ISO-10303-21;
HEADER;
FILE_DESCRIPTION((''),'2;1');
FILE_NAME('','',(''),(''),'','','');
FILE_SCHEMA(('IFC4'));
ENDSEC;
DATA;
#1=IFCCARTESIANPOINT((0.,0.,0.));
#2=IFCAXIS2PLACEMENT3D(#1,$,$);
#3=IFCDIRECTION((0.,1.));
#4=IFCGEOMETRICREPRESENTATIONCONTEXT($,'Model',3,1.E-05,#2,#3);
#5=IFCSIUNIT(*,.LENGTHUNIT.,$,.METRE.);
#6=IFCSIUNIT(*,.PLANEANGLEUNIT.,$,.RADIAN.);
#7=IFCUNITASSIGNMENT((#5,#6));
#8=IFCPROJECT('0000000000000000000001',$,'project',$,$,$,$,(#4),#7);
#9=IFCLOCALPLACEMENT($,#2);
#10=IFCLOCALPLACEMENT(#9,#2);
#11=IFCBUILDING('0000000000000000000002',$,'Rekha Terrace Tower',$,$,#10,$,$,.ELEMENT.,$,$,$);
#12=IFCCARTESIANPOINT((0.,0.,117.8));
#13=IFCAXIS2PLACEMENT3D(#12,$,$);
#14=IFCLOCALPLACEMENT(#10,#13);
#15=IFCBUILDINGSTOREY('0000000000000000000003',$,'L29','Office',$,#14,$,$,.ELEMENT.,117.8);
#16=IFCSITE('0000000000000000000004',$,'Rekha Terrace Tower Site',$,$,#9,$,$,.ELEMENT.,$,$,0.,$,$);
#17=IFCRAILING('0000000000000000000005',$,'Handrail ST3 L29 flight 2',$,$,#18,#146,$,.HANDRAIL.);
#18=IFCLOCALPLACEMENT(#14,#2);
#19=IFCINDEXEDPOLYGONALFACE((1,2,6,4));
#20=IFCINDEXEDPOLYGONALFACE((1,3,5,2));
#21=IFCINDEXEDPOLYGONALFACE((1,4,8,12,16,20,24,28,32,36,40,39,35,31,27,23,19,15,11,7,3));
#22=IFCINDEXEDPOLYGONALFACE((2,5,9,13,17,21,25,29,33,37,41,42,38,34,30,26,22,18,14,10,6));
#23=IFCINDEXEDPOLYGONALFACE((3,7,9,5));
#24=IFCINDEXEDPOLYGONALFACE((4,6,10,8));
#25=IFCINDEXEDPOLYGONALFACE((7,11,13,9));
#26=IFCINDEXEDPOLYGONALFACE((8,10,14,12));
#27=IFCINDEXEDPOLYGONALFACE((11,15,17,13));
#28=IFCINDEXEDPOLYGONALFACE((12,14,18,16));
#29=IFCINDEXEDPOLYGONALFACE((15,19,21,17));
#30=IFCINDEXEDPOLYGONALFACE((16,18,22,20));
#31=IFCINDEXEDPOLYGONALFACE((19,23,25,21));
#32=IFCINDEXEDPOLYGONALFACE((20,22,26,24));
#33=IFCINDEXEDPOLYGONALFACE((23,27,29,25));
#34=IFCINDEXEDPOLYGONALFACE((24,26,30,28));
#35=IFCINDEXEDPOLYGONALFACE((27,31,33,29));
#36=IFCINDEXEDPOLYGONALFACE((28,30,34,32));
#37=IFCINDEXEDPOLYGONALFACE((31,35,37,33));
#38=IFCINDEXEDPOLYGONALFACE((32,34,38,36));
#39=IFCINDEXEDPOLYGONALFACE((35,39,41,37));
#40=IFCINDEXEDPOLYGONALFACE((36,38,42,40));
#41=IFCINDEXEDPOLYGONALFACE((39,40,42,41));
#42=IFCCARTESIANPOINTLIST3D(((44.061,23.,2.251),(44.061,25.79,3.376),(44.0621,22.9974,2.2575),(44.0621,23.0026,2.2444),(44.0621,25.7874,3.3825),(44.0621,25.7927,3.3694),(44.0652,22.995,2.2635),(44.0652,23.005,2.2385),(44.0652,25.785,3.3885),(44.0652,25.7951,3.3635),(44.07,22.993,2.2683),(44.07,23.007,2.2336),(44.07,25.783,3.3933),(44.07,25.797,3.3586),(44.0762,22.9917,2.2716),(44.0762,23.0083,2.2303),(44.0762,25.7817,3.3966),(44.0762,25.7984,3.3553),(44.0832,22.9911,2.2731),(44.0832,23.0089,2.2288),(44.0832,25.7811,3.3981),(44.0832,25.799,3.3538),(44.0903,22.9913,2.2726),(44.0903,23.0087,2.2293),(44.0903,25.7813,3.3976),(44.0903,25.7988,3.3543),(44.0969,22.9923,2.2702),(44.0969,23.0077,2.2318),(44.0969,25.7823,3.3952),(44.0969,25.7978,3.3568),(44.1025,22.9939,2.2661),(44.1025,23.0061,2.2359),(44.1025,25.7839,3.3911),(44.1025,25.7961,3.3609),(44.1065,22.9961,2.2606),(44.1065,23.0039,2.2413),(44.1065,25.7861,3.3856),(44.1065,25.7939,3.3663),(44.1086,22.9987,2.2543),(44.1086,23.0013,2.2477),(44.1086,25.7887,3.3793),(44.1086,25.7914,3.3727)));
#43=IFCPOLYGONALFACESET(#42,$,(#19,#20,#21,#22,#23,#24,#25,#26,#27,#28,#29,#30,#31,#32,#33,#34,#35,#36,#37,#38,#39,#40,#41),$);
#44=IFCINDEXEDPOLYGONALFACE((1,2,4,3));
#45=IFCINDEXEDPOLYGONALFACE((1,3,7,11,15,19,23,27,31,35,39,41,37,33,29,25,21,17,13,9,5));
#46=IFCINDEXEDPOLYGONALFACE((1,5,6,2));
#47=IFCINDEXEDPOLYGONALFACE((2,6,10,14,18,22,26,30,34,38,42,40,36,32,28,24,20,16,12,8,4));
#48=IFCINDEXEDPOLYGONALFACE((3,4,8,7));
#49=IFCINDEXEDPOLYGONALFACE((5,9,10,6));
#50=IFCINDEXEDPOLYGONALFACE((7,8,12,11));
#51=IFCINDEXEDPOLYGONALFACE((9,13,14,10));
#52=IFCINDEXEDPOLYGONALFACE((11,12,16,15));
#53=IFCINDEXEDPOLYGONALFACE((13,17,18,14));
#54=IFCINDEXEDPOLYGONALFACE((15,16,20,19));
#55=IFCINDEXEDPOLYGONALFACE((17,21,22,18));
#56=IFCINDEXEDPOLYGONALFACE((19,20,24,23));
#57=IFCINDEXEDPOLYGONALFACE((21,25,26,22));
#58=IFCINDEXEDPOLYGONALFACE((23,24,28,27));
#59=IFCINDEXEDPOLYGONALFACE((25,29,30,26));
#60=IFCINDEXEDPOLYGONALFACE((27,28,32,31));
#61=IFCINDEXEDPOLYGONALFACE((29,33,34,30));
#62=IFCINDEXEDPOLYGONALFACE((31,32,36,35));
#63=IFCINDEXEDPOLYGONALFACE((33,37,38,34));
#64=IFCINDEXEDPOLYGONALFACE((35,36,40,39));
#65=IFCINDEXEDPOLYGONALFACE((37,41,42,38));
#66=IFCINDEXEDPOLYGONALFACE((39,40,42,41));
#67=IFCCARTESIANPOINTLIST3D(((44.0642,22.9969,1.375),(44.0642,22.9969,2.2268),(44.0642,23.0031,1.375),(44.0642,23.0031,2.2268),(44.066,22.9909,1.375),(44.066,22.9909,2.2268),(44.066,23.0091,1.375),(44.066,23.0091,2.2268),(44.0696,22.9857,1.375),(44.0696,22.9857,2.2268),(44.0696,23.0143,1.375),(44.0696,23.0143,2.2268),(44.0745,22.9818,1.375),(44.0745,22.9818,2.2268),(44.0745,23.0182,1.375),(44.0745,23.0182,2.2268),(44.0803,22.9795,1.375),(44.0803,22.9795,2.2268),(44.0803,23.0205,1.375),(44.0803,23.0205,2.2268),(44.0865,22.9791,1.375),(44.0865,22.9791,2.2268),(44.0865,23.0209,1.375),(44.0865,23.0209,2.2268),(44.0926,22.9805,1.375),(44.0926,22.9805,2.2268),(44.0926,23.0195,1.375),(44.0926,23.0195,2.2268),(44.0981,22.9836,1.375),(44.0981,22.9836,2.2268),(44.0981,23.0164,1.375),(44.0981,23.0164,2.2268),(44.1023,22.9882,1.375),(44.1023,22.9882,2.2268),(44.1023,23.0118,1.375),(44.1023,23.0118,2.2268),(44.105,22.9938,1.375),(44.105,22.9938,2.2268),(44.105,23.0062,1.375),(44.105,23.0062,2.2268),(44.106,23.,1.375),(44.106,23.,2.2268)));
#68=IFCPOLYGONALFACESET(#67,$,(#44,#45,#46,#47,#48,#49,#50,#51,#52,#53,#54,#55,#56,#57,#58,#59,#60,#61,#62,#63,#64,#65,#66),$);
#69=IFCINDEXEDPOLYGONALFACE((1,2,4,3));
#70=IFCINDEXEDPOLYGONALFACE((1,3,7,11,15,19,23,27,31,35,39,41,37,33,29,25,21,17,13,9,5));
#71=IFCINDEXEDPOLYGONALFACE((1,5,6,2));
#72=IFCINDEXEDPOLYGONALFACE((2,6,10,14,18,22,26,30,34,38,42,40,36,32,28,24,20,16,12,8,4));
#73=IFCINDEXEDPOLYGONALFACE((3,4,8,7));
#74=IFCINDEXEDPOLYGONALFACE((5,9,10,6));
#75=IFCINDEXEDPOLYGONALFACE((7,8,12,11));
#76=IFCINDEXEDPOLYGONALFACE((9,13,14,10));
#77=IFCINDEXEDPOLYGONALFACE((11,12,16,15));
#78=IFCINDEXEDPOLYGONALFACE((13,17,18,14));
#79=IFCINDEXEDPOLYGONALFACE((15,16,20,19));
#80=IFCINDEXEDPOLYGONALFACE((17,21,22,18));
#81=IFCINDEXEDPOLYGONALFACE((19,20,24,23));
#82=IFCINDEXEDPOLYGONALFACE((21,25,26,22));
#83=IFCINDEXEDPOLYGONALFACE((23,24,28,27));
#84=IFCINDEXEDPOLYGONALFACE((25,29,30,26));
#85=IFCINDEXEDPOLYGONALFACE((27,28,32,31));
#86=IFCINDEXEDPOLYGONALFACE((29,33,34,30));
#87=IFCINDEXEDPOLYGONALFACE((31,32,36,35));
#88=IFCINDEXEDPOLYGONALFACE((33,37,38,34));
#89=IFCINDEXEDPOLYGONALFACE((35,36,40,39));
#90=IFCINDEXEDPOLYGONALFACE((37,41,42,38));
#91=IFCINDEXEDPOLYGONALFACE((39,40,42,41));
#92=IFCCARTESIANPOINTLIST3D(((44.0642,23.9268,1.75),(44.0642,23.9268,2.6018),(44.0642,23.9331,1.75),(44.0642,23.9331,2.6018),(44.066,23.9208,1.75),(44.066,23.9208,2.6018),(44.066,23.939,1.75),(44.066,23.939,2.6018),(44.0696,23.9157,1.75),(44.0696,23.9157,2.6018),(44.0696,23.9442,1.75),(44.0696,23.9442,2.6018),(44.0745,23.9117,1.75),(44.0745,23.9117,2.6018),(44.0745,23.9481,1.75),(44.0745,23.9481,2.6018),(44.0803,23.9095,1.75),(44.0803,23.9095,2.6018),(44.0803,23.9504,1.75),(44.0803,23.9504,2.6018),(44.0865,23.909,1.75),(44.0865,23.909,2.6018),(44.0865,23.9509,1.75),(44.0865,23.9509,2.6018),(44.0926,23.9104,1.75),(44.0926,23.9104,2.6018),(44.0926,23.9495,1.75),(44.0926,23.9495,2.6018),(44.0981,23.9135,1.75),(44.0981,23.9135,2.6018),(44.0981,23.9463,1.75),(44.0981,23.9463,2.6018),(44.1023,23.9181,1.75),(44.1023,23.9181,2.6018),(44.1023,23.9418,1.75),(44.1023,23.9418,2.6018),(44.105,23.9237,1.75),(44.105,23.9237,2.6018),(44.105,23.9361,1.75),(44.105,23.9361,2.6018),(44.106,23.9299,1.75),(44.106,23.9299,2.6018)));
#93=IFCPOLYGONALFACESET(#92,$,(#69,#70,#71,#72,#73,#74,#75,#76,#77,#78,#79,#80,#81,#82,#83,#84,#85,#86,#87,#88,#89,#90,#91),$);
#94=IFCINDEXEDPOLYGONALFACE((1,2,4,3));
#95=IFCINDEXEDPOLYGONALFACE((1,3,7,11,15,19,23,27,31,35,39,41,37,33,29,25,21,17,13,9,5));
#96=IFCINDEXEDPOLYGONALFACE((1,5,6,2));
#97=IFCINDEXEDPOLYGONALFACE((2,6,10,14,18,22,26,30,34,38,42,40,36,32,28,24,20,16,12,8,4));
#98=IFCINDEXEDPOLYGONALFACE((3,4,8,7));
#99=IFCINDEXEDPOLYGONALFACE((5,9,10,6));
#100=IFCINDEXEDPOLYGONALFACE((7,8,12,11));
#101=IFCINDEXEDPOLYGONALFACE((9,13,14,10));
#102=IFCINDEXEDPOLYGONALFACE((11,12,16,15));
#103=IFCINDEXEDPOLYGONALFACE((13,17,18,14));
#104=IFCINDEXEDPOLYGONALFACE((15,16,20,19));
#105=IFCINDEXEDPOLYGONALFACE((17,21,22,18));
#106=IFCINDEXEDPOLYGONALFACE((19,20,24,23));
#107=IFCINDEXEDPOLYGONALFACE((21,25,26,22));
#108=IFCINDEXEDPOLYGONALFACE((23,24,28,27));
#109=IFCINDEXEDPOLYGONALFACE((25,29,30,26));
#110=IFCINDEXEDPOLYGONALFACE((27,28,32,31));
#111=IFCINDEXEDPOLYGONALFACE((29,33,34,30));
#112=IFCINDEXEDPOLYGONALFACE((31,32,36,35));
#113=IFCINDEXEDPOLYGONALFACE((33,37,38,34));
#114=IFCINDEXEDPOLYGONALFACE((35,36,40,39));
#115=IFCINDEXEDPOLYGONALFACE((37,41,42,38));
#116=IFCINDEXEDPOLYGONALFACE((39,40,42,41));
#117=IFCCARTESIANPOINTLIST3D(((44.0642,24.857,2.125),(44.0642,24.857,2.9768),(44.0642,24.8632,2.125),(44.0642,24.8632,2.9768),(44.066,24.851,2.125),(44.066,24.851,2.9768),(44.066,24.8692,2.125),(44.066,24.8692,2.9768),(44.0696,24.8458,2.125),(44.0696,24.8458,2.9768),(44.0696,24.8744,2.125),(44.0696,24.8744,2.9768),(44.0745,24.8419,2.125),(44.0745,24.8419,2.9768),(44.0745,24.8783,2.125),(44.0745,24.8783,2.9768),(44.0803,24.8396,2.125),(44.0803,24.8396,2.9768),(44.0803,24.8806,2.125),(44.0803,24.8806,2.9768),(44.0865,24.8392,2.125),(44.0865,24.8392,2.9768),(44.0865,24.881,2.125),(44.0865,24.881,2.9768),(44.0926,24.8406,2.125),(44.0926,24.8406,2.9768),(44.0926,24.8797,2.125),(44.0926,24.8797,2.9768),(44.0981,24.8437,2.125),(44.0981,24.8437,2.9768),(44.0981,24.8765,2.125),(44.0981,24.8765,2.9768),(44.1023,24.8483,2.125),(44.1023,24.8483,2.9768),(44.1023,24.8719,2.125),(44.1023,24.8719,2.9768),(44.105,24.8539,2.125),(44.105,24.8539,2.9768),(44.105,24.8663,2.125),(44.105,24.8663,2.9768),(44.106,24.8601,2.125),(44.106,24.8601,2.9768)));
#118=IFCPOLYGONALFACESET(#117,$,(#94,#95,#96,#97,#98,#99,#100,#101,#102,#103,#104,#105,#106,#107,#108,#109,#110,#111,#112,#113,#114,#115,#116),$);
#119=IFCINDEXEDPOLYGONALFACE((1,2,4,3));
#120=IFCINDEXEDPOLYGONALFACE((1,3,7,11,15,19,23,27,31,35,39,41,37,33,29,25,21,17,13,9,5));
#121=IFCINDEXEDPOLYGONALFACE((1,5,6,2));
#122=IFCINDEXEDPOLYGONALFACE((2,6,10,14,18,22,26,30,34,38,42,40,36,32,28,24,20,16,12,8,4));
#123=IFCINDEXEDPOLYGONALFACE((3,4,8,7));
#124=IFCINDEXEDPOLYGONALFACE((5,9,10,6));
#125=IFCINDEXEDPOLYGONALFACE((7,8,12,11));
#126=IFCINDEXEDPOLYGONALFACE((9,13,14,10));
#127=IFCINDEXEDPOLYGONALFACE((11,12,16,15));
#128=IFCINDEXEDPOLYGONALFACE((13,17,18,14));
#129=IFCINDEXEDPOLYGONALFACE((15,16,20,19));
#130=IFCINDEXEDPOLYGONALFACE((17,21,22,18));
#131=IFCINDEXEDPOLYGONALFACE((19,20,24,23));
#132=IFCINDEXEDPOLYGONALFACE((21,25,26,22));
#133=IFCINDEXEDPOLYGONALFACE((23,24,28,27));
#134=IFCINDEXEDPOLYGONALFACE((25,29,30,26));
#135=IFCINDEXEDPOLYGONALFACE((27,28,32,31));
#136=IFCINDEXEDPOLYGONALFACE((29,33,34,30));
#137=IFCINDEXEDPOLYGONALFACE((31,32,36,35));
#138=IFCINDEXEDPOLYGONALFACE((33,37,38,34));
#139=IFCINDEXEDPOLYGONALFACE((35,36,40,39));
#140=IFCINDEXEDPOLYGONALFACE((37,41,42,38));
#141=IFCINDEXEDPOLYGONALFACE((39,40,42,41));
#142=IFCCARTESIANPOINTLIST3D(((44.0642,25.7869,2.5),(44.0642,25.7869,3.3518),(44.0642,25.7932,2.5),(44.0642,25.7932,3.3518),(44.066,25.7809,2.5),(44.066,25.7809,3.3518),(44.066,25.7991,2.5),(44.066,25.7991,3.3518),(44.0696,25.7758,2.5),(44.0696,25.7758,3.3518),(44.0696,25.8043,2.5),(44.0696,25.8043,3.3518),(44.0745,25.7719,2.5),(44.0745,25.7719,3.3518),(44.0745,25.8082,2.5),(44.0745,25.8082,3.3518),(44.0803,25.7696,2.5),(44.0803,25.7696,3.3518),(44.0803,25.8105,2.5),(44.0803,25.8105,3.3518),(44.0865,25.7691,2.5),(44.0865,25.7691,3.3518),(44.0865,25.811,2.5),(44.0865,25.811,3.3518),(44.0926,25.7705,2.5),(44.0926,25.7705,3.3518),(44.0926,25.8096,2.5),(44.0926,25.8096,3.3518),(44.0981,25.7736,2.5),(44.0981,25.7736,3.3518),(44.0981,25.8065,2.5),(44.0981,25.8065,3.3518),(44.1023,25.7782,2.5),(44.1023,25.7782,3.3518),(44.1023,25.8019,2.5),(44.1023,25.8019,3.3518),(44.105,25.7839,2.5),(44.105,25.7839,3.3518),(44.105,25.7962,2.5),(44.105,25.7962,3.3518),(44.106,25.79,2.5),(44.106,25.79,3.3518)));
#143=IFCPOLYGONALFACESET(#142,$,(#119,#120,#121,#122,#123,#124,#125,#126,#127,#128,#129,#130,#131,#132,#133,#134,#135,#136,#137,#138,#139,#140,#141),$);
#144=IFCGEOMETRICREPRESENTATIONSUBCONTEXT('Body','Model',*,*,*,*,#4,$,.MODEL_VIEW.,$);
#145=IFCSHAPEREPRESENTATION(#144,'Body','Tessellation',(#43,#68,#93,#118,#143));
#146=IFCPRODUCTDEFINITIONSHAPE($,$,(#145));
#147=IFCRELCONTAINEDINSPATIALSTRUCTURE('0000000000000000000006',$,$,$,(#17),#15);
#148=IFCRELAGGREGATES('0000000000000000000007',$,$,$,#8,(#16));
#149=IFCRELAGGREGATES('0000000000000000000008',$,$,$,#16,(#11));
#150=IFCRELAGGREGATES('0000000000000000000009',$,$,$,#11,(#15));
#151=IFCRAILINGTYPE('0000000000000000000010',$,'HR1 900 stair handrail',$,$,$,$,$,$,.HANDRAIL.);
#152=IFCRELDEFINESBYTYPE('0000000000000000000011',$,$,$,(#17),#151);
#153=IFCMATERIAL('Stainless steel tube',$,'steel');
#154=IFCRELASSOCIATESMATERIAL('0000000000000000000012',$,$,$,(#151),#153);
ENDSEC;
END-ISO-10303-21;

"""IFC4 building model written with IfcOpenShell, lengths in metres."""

from ifc_helpers import new_model, si_unit, direction, frame, origin, origin_2d, place, context, subcontext, project, spatial, circle, extrude, material, type_object, element, save


model = new_model("IFC4")

# Units and contexts
model_context = context("Model", 3, precision=1e-05, world=origin(), true_north=direction((0.0, 1.0)))
body_context = subcontext(model_context, "Body", "Model", "MODEL_VIEW")
ifc_project = project(units=[si_unit("LENGTHUNIT", "METRE"), si_unit("PLANEANGLEUNIT", "RADIAN")], contexts=[model_context])

# Site, building, storey
site_placement = place(None, origin())
site = spatial("IfcSite", under=ifc_project, at=site_placement, Name="Rekha Terrace Tower Site", CompositionType="ELEMENT", RefElevation=0.0)
building_placement = place(site_placement, origin())
building = spatial("IfcBuilding", under=site, at=building_placement, Name="Rekha Terrace Tower", CompositionType="ELEMENT")
storey_placement = place(building_placement, frame((0.0, 0.0, 117.8)))
storey = spatial("IfcBuildingStorey", under=building, at=storey_placement, Name="L29", Description="Office", CompositionType="ELEMENT", Elevation=117.8)

# Railing
ifc_material_1 = material(Name="Stainless steel tube", Category="steel")
railing_type_1 = type_object("IfcRailingType", Name="HR1 900 stair handrail", PredefinedType="HANDRAIL", material=ifc_material_1)
railing_1_placement = place(storey_placement, frame((44.085, 23.0, 1.375)))
element("IfcRailing", 1, at=railing_1_placement, inside=storey, type_object=railing_type_1, Name="Handrail ST3 L29 flight 2", PredefinedType="HANDRAIL", context=body_context, shape_type="SweptSolid", body=[
    extrude(circle(Radius=0.0239, at=origin_2d()), frame((0.0, 0.0, 0.876), z_axis=(0.0, 0.927443, 0.373964), x_axis=(-1.0, 0.0, 0.0)), (0.0, 0.0, 1.0), 3.0083),
    extrude(circle(Radius=0.021, at=origin_2d()), origin(), (0.0, 0.0, 1.0), 0.8518),
    extrude(circle(Radius=0.021, at=origin_2d()), frame((0.0, 0.9299, 0.375)), (0.0, 0.0, 1.0), 0.8518),
    extrude(circle(Radius=0.021, at=origin_2d()), frame((0.0, 1.8601, 0.75)), (0.0, 0.0, 1.0), 0.8518),
    extrude(circle(Radius=0.021, at=origin_2d()), frame((0.0, 2.79, 1.125)), (0.0, 0.0, 1.0), 0.8518),
])

save(model, "model.ifc")
